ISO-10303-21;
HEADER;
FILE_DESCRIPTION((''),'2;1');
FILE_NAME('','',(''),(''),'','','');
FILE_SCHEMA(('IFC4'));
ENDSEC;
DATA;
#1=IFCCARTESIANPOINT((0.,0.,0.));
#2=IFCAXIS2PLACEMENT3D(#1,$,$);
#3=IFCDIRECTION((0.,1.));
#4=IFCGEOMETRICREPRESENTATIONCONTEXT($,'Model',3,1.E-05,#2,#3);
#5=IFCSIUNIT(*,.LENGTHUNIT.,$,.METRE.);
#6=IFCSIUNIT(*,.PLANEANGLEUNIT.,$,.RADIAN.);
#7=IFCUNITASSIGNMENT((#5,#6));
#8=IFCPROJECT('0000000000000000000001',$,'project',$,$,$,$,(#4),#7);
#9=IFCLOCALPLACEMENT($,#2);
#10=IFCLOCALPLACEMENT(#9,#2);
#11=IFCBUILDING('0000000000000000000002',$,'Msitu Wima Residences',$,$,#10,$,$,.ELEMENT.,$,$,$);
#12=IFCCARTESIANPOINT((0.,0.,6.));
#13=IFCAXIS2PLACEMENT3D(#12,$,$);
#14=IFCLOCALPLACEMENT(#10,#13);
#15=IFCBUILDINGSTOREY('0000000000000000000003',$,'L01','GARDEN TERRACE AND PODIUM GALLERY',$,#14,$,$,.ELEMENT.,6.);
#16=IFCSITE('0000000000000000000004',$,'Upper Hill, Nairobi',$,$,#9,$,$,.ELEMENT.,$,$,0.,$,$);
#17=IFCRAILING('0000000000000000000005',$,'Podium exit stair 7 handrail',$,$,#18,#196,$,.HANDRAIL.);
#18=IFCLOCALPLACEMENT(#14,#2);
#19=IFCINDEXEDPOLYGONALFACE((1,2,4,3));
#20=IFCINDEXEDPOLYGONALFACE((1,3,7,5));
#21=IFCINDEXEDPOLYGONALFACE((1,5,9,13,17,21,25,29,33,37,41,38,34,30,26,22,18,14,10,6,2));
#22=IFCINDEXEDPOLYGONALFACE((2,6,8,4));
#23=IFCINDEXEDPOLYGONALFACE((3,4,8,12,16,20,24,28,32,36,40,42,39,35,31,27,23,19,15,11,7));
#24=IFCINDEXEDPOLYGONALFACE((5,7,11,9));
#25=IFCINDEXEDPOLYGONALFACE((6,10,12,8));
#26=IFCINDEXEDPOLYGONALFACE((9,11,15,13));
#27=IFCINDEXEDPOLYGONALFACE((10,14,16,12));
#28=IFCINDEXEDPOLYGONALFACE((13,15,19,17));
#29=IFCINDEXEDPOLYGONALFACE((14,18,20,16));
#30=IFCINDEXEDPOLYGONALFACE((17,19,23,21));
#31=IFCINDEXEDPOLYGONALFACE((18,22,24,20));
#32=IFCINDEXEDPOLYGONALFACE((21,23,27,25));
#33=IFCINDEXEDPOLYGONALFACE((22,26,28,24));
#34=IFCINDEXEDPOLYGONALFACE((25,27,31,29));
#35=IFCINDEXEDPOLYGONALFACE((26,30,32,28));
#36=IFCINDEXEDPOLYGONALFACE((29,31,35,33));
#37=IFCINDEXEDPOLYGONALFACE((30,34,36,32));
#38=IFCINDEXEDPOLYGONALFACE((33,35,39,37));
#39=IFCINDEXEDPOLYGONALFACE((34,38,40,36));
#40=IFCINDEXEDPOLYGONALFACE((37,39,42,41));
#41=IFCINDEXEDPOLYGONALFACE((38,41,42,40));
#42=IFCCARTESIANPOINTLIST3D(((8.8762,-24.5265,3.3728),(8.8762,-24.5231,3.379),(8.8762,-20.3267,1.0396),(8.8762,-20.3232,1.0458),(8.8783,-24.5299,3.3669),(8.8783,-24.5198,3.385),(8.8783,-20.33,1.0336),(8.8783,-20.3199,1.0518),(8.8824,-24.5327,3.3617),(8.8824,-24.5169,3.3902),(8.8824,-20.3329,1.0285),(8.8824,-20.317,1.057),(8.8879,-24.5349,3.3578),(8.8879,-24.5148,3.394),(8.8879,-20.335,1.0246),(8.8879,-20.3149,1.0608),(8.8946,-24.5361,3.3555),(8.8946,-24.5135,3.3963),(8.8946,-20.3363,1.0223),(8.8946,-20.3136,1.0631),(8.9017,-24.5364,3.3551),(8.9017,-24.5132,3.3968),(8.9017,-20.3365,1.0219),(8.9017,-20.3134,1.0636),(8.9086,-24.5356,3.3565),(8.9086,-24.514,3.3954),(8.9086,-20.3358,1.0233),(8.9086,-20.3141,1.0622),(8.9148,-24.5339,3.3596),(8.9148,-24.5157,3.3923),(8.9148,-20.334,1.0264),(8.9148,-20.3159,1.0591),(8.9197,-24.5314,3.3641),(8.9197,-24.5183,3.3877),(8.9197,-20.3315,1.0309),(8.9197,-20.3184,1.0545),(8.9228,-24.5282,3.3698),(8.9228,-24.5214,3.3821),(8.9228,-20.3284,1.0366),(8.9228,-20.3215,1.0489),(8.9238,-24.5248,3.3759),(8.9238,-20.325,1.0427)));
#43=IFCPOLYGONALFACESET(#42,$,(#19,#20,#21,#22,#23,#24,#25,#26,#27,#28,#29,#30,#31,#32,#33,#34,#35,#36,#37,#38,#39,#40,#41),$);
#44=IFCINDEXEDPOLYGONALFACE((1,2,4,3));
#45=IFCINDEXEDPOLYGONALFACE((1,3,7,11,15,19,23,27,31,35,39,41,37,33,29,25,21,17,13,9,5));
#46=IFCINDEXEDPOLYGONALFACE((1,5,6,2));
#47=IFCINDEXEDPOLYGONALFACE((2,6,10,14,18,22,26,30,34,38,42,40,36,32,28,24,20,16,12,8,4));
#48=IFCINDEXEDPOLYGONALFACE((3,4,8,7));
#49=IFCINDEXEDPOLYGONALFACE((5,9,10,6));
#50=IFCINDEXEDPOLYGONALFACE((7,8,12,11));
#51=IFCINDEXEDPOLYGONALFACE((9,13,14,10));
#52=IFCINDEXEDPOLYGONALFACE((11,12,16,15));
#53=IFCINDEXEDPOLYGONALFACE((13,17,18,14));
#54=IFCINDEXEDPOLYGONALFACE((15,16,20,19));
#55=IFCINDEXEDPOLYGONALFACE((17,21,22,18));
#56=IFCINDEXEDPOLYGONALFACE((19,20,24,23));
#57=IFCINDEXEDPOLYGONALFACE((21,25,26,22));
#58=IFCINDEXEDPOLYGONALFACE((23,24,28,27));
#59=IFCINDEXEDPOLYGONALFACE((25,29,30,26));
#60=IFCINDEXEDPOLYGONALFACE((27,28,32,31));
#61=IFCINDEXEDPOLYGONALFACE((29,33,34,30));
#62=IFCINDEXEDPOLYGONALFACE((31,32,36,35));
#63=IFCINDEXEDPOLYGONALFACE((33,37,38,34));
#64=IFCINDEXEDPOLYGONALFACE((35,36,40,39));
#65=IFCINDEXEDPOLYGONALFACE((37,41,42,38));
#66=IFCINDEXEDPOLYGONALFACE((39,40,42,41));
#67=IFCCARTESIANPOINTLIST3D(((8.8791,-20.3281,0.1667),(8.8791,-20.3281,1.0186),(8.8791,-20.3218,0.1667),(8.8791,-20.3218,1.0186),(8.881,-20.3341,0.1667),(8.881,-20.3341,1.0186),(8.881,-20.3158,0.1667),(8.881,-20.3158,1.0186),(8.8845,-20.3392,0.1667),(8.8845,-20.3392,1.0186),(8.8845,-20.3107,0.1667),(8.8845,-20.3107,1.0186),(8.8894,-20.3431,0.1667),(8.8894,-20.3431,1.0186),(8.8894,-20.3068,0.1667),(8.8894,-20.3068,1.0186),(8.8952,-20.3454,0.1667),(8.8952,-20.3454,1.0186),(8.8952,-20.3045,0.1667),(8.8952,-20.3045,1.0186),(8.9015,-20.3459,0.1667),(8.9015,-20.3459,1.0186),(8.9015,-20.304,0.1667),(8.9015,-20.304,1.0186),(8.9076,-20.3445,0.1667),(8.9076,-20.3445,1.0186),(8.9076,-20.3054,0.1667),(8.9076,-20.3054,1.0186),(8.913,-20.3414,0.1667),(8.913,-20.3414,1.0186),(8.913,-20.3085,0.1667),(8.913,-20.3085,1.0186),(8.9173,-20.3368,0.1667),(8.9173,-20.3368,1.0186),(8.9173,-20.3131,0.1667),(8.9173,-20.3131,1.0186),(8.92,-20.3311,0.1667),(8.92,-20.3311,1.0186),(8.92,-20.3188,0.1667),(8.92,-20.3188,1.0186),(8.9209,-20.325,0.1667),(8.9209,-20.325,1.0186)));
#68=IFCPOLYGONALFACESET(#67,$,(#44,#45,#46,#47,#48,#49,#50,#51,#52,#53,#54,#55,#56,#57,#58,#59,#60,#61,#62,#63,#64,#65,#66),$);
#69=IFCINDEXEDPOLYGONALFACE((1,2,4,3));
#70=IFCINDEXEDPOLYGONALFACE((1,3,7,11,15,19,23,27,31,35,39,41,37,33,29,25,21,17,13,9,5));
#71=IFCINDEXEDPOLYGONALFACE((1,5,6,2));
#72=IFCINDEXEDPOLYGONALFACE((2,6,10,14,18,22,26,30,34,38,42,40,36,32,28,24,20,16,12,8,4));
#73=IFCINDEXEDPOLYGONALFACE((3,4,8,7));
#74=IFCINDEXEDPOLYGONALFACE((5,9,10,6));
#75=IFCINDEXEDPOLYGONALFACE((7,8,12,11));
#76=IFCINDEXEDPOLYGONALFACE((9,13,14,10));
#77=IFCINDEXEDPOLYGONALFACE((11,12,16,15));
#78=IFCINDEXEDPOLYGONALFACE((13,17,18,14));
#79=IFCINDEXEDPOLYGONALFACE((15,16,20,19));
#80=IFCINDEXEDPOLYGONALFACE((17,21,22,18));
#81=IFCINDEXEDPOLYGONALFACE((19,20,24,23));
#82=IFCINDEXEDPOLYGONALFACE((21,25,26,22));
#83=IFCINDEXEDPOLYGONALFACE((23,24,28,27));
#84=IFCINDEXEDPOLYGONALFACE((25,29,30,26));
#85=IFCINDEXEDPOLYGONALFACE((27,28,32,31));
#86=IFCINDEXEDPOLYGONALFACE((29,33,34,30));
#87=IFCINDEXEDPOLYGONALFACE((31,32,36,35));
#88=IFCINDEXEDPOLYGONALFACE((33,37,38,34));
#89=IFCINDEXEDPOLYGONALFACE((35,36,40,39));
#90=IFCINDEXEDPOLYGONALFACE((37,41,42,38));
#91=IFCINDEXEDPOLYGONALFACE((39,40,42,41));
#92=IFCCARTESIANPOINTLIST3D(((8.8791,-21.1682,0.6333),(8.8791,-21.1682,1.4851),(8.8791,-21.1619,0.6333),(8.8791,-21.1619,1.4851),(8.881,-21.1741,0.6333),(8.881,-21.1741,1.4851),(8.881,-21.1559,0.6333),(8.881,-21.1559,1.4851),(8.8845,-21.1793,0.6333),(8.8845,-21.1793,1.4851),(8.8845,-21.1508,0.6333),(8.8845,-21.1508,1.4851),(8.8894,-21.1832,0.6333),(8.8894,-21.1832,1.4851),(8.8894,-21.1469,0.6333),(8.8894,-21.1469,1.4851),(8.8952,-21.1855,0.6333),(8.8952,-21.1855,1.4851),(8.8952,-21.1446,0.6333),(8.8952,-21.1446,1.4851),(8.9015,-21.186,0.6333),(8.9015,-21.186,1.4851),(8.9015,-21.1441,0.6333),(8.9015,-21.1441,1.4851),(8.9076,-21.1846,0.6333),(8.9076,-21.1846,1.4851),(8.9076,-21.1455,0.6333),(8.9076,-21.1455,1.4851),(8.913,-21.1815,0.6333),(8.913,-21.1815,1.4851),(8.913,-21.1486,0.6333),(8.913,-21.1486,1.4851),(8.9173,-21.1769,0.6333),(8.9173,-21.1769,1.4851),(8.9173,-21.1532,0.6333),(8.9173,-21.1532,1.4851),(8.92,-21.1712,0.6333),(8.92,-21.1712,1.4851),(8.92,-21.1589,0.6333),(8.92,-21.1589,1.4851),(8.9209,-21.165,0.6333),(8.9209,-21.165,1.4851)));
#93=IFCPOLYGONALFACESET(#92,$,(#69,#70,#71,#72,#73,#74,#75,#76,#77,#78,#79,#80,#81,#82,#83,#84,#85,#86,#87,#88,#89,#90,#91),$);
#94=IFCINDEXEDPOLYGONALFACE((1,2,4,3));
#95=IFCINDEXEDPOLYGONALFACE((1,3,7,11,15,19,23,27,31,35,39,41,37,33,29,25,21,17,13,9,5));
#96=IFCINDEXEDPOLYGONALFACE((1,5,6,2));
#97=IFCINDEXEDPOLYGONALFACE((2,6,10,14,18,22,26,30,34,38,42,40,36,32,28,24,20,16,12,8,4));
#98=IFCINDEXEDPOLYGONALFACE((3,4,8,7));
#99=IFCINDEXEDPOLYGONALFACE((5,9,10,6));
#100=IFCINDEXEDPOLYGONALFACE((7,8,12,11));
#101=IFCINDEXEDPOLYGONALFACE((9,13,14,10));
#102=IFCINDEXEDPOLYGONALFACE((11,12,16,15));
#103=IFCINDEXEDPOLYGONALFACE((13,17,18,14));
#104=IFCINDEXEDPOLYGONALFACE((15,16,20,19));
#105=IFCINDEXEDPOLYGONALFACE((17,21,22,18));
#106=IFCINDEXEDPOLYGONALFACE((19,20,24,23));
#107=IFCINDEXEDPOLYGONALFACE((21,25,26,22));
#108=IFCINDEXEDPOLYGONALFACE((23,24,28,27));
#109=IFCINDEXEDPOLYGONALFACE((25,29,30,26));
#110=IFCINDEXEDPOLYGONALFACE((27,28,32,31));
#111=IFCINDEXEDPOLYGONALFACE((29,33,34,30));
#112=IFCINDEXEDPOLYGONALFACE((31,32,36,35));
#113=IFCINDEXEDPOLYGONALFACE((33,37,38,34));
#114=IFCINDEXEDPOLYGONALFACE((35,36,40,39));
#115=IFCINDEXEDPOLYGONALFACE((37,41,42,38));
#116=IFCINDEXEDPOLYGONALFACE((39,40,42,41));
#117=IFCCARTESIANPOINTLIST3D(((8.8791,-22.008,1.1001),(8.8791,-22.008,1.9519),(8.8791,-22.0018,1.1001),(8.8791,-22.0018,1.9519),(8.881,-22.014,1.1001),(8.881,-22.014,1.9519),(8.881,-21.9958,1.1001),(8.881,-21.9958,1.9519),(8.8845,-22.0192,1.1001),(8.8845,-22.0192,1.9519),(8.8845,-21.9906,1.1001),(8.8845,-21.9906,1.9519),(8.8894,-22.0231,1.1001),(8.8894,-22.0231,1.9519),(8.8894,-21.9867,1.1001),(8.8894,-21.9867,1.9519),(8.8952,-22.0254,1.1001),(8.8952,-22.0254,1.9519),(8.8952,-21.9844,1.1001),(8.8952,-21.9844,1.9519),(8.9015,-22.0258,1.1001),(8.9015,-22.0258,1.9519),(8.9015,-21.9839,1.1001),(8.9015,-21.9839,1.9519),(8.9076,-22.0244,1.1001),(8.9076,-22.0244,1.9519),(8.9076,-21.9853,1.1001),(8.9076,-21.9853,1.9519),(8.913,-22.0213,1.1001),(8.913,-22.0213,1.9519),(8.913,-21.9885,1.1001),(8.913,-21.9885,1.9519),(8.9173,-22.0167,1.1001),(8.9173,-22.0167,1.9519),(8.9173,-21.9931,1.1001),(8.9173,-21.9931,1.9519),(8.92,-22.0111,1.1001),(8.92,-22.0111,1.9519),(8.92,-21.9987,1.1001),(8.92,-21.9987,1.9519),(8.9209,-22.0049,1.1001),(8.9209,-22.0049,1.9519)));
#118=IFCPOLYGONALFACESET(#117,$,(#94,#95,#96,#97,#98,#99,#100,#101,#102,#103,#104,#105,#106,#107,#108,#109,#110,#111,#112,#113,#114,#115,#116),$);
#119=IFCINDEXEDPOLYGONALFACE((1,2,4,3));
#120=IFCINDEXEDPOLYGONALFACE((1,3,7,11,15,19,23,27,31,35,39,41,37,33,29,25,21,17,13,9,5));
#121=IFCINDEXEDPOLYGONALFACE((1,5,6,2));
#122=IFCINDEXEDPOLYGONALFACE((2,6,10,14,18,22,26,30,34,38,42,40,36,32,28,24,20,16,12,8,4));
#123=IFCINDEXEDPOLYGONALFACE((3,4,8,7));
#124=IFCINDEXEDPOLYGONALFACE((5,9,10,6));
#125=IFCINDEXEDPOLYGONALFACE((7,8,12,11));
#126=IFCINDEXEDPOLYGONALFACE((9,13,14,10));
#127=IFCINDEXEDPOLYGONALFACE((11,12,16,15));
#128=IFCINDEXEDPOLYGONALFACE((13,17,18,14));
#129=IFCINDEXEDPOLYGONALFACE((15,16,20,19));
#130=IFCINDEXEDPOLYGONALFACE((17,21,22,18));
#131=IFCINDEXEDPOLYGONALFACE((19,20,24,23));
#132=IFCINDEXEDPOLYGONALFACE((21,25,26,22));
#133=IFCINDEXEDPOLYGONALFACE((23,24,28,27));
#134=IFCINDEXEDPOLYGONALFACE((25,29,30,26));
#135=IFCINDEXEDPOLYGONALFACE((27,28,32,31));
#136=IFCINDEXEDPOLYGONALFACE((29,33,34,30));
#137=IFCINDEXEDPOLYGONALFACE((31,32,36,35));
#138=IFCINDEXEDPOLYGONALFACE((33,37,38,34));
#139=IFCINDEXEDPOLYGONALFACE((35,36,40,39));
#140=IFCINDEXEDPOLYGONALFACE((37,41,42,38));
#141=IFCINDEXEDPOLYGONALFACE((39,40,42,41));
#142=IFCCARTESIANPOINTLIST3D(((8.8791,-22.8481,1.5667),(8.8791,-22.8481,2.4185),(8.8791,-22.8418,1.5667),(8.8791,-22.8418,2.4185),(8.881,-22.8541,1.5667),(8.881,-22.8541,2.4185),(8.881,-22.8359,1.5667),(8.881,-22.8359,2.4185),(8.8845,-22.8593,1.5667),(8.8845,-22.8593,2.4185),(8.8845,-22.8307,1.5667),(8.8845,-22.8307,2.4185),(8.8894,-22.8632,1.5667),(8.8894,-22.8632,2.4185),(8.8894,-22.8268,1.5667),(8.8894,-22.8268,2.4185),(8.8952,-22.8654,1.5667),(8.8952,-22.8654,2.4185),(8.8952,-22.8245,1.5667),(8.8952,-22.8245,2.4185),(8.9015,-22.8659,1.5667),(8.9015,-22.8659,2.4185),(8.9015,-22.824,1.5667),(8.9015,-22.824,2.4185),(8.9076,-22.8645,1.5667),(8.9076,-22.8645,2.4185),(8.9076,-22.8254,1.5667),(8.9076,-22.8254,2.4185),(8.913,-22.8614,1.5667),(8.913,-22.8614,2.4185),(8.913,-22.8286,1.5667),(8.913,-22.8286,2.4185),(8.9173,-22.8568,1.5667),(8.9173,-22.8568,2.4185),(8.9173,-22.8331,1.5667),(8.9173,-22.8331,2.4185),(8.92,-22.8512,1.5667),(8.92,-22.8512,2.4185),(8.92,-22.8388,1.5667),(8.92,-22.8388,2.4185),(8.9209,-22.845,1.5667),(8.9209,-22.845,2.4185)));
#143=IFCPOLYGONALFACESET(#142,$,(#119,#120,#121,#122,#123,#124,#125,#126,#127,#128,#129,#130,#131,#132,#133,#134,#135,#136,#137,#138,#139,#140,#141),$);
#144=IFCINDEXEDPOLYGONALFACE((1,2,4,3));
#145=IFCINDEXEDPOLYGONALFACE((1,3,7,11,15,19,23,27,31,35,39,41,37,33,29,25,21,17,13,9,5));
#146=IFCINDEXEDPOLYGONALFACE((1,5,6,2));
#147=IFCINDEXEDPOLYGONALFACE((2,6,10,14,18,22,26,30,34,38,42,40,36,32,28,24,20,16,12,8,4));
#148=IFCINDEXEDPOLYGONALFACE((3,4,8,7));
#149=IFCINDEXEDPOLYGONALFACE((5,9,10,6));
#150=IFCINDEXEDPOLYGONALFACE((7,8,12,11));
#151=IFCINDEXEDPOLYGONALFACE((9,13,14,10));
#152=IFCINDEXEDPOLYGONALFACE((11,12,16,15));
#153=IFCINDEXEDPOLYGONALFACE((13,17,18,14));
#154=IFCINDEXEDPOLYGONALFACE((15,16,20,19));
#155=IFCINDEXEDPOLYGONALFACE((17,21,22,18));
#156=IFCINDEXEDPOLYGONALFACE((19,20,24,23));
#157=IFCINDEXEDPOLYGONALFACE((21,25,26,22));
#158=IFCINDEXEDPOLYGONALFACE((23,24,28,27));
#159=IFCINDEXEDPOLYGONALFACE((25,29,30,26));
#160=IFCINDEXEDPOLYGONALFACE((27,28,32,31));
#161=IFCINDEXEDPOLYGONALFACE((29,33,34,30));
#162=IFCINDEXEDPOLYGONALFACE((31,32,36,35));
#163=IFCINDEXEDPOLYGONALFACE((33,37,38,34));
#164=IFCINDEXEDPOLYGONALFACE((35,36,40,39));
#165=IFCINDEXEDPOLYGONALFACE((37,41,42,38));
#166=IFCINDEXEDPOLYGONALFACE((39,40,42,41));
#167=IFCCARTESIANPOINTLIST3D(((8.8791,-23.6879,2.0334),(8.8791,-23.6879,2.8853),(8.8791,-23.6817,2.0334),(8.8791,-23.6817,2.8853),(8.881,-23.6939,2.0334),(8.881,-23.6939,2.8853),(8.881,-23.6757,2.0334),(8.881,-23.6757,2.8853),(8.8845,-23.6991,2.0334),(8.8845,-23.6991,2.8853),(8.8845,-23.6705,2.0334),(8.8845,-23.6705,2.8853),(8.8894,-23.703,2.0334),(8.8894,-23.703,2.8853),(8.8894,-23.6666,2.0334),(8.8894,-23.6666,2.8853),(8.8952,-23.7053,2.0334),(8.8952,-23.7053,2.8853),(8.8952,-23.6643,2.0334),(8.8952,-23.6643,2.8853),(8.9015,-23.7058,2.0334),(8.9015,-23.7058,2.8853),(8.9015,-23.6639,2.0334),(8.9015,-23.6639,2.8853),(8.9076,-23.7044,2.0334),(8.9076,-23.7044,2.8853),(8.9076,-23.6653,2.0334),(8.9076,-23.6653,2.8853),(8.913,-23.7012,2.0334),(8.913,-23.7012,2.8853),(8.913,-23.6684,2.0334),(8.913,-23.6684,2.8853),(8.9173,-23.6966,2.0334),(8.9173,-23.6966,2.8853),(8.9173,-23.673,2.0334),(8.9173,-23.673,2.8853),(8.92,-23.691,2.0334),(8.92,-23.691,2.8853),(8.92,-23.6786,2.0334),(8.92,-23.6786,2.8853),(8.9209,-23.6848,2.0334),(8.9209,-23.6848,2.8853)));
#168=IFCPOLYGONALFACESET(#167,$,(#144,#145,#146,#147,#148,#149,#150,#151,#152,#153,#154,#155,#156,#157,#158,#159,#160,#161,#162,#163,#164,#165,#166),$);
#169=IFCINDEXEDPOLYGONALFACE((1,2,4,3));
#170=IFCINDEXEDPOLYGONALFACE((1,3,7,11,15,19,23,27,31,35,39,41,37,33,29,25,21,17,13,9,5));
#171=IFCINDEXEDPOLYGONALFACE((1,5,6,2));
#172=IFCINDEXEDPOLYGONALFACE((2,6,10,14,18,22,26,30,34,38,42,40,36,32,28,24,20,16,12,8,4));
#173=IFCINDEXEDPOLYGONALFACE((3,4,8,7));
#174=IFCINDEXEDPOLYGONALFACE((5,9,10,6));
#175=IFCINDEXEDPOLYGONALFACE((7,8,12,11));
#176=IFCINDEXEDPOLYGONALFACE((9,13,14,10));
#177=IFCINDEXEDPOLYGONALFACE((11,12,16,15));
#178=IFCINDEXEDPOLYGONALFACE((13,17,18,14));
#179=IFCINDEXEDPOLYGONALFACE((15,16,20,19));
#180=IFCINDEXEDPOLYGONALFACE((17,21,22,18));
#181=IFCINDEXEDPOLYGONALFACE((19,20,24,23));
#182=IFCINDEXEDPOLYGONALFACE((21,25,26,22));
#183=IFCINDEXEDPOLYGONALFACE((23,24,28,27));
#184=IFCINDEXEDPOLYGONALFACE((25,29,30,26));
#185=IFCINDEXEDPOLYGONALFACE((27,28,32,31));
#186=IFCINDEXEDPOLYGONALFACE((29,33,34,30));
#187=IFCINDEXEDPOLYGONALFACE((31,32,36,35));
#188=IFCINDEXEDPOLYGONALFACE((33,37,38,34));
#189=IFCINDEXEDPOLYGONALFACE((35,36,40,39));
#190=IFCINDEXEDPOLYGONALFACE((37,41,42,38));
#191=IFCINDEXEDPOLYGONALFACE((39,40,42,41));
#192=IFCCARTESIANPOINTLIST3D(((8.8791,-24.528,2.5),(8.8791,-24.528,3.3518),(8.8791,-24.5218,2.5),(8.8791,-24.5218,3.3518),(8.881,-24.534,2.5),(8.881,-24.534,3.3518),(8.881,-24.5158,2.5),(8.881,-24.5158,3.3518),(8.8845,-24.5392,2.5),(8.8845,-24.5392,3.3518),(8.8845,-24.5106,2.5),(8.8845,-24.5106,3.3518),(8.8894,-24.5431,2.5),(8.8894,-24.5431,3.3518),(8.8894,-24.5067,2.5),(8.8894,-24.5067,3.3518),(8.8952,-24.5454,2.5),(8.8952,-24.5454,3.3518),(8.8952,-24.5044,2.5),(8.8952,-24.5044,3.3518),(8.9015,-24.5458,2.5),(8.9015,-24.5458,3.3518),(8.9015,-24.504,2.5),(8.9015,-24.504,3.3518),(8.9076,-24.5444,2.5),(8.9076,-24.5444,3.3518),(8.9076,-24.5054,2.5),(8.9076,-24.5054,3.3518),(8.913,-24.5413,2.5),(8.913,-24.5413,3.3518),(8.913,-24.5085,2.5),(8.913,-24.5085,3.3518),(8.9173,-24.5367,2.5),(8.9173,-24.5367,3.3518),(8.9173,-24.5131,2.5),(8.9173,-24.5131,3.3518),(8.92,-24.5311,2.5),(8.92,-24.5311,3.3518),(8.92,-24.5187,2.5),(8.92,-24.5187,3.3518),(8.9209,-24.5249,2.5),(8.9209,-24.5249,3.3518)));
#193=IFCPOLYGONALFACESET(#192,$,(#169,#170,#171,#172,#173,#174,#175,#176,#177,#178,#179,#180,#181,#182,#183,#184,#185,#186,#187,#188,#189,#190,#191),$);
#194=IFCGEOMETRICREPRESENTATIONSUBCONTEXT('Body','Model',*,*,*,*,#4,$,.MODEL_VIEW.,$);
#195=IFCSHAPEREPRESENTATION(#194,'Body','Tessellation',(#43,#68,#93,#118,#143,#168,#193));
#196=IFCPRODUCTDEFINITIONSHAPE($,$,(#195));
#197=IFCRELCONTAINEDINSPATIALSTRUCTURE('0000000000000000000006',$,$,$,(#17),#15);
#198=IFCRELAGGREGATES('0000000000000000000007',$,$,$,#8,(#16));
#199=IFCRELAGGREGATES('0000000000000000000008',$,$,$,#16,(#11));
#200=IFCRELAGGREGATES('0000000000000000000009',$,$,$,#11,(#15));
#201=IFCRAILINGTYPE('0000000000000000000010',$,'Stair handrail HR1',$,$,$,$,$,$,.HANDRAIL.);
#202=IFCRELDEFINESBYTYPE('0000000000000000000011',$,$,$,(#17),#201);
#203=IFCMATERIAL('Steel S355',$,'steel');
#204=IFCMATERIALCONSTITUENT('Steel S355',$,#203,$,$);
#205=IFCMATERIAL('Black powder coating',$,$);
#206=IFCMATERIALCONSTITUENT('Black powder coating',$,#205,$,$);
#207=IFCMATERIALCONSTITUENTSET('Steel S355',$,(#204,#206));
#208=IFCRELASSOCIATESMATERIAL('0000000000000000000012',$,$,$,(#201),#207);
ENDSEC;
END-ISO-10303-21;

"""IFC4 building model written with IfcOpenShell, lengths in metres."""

from ifc_helpers import new_model, si_unit, direction, frame, origin, origin_2d, place, context, subcontext, project, spatial, circle, extrude, material, constituent, constituent_set, type_object, element, save


model = new_model("IFC4")

# Units and contexts
model_context = context("Model", 3, precision=1e-05, world=origin(), true_north=direction((0.0, 1.0)))
body_context = subcontext(model_context, "Body", "Model", "MODEL_VIEW")
ifc_project = project(units=[si_unit("LENGTHUNIT", "METRE"), si_unit("PLANEANGLEUNIT", "RADIAN")], contexts=[model_context])

# Site, building, storey
site_placement = place(None, origin())
site = spatial("IfcSite", under=ifc_project, at=site_placement, Name="Upper Hill, Nairobi", CompositionType="ELEMENT", RefElevation=0.0)
building_placement = place(site_placement, origin())
building = spatial("IfcBuilding", under=site, at=building_placement, Name="Msitu Wima Residences", CompositionType="ELEMENT")
storey_placement = place(building_placement, frame((0.0, 0.0, 6.0)))
storey = spatial("IfcBuildingStorey", under=building, at=storey_placement, Name="L01", Description="GARDEN TERRACE AND PODIUM GALLERY", CompositionType="ELEMENT", Elevation=6.0)

# Railing
ifc_material_1 = material(Name="Steel S355", Category="steel")
ifc_constituent_1 = constituent(ifc_material_1, Name="Steel S355")
ifc_material_2 = material(Name="Black powder coating")
ifc_constituent_2 = constituent(ifc_material_2, Name="Black powder coating")
ifc_constituent_set = constituent_set(constituents=[ifc_constituent_1, ifc_constituent_2], Name="Steel S355")
railing_type = type_object("IfcRailingType", Name="Stair handrail HR1", PredefinedType="HANDRAIL", material=ifc_constituent_set)
railing_1_placement = place(storey_placement, frame((8.8999, -20.325, 0.1667)))
element("IfcRailing", 1, at=railing_1_placement, inside=storey, type_object=railing_type, Name="Podium exit stair 7 handrail", PredefinedType="HANDRAIL", context=body_context, shape_type="SweptSolid", body=[
    extrude(circle(Radius=0.0239, at=origin_2d()), frame((0.0, 0.0, 0.876), z_axis=(0.0, -0.874162, 0.485634), x_axis=(1.0, 0.0, 0.0)), (0.0, 0.0, 1.0), 4.8044),
    extrude(circle(Radius=0.021, at=origin_2d()), origin(), (0.0, 0.0, 1.0), 0.8518),
    extrude(circle(Radius=0.021, at=origin_2d()), frame((0.0, -0.8401, 0.4666)), (0.0, 0.0, 1.0), 0.8518),
    extrude(circle(Radius=0.021, at=origin_2d()), frame((0.0, -1.6799, 0.9333)), (0.0, 0.0, 1.0), 0.8518),
    extrude(circle(Radius=0.021, at=origin_2d()), frame((0.0, -2.52, 1.3999)), (0.0, 0.0, 1.0), 0.8518),
    extrude(circle(Radius=0.021, at=origin_2d()), frame((0.0, -3.3599, 1.8667)), (0.0, 0.0, 1.0), 0.8518),
    extrude(circle(Radius=0.021, at=origin_2d()), frame((0.0, -4.2, 2.3333)), (0.0, 0.0, 1.0), 0.8518),
])

save(model, "model.ifc")
